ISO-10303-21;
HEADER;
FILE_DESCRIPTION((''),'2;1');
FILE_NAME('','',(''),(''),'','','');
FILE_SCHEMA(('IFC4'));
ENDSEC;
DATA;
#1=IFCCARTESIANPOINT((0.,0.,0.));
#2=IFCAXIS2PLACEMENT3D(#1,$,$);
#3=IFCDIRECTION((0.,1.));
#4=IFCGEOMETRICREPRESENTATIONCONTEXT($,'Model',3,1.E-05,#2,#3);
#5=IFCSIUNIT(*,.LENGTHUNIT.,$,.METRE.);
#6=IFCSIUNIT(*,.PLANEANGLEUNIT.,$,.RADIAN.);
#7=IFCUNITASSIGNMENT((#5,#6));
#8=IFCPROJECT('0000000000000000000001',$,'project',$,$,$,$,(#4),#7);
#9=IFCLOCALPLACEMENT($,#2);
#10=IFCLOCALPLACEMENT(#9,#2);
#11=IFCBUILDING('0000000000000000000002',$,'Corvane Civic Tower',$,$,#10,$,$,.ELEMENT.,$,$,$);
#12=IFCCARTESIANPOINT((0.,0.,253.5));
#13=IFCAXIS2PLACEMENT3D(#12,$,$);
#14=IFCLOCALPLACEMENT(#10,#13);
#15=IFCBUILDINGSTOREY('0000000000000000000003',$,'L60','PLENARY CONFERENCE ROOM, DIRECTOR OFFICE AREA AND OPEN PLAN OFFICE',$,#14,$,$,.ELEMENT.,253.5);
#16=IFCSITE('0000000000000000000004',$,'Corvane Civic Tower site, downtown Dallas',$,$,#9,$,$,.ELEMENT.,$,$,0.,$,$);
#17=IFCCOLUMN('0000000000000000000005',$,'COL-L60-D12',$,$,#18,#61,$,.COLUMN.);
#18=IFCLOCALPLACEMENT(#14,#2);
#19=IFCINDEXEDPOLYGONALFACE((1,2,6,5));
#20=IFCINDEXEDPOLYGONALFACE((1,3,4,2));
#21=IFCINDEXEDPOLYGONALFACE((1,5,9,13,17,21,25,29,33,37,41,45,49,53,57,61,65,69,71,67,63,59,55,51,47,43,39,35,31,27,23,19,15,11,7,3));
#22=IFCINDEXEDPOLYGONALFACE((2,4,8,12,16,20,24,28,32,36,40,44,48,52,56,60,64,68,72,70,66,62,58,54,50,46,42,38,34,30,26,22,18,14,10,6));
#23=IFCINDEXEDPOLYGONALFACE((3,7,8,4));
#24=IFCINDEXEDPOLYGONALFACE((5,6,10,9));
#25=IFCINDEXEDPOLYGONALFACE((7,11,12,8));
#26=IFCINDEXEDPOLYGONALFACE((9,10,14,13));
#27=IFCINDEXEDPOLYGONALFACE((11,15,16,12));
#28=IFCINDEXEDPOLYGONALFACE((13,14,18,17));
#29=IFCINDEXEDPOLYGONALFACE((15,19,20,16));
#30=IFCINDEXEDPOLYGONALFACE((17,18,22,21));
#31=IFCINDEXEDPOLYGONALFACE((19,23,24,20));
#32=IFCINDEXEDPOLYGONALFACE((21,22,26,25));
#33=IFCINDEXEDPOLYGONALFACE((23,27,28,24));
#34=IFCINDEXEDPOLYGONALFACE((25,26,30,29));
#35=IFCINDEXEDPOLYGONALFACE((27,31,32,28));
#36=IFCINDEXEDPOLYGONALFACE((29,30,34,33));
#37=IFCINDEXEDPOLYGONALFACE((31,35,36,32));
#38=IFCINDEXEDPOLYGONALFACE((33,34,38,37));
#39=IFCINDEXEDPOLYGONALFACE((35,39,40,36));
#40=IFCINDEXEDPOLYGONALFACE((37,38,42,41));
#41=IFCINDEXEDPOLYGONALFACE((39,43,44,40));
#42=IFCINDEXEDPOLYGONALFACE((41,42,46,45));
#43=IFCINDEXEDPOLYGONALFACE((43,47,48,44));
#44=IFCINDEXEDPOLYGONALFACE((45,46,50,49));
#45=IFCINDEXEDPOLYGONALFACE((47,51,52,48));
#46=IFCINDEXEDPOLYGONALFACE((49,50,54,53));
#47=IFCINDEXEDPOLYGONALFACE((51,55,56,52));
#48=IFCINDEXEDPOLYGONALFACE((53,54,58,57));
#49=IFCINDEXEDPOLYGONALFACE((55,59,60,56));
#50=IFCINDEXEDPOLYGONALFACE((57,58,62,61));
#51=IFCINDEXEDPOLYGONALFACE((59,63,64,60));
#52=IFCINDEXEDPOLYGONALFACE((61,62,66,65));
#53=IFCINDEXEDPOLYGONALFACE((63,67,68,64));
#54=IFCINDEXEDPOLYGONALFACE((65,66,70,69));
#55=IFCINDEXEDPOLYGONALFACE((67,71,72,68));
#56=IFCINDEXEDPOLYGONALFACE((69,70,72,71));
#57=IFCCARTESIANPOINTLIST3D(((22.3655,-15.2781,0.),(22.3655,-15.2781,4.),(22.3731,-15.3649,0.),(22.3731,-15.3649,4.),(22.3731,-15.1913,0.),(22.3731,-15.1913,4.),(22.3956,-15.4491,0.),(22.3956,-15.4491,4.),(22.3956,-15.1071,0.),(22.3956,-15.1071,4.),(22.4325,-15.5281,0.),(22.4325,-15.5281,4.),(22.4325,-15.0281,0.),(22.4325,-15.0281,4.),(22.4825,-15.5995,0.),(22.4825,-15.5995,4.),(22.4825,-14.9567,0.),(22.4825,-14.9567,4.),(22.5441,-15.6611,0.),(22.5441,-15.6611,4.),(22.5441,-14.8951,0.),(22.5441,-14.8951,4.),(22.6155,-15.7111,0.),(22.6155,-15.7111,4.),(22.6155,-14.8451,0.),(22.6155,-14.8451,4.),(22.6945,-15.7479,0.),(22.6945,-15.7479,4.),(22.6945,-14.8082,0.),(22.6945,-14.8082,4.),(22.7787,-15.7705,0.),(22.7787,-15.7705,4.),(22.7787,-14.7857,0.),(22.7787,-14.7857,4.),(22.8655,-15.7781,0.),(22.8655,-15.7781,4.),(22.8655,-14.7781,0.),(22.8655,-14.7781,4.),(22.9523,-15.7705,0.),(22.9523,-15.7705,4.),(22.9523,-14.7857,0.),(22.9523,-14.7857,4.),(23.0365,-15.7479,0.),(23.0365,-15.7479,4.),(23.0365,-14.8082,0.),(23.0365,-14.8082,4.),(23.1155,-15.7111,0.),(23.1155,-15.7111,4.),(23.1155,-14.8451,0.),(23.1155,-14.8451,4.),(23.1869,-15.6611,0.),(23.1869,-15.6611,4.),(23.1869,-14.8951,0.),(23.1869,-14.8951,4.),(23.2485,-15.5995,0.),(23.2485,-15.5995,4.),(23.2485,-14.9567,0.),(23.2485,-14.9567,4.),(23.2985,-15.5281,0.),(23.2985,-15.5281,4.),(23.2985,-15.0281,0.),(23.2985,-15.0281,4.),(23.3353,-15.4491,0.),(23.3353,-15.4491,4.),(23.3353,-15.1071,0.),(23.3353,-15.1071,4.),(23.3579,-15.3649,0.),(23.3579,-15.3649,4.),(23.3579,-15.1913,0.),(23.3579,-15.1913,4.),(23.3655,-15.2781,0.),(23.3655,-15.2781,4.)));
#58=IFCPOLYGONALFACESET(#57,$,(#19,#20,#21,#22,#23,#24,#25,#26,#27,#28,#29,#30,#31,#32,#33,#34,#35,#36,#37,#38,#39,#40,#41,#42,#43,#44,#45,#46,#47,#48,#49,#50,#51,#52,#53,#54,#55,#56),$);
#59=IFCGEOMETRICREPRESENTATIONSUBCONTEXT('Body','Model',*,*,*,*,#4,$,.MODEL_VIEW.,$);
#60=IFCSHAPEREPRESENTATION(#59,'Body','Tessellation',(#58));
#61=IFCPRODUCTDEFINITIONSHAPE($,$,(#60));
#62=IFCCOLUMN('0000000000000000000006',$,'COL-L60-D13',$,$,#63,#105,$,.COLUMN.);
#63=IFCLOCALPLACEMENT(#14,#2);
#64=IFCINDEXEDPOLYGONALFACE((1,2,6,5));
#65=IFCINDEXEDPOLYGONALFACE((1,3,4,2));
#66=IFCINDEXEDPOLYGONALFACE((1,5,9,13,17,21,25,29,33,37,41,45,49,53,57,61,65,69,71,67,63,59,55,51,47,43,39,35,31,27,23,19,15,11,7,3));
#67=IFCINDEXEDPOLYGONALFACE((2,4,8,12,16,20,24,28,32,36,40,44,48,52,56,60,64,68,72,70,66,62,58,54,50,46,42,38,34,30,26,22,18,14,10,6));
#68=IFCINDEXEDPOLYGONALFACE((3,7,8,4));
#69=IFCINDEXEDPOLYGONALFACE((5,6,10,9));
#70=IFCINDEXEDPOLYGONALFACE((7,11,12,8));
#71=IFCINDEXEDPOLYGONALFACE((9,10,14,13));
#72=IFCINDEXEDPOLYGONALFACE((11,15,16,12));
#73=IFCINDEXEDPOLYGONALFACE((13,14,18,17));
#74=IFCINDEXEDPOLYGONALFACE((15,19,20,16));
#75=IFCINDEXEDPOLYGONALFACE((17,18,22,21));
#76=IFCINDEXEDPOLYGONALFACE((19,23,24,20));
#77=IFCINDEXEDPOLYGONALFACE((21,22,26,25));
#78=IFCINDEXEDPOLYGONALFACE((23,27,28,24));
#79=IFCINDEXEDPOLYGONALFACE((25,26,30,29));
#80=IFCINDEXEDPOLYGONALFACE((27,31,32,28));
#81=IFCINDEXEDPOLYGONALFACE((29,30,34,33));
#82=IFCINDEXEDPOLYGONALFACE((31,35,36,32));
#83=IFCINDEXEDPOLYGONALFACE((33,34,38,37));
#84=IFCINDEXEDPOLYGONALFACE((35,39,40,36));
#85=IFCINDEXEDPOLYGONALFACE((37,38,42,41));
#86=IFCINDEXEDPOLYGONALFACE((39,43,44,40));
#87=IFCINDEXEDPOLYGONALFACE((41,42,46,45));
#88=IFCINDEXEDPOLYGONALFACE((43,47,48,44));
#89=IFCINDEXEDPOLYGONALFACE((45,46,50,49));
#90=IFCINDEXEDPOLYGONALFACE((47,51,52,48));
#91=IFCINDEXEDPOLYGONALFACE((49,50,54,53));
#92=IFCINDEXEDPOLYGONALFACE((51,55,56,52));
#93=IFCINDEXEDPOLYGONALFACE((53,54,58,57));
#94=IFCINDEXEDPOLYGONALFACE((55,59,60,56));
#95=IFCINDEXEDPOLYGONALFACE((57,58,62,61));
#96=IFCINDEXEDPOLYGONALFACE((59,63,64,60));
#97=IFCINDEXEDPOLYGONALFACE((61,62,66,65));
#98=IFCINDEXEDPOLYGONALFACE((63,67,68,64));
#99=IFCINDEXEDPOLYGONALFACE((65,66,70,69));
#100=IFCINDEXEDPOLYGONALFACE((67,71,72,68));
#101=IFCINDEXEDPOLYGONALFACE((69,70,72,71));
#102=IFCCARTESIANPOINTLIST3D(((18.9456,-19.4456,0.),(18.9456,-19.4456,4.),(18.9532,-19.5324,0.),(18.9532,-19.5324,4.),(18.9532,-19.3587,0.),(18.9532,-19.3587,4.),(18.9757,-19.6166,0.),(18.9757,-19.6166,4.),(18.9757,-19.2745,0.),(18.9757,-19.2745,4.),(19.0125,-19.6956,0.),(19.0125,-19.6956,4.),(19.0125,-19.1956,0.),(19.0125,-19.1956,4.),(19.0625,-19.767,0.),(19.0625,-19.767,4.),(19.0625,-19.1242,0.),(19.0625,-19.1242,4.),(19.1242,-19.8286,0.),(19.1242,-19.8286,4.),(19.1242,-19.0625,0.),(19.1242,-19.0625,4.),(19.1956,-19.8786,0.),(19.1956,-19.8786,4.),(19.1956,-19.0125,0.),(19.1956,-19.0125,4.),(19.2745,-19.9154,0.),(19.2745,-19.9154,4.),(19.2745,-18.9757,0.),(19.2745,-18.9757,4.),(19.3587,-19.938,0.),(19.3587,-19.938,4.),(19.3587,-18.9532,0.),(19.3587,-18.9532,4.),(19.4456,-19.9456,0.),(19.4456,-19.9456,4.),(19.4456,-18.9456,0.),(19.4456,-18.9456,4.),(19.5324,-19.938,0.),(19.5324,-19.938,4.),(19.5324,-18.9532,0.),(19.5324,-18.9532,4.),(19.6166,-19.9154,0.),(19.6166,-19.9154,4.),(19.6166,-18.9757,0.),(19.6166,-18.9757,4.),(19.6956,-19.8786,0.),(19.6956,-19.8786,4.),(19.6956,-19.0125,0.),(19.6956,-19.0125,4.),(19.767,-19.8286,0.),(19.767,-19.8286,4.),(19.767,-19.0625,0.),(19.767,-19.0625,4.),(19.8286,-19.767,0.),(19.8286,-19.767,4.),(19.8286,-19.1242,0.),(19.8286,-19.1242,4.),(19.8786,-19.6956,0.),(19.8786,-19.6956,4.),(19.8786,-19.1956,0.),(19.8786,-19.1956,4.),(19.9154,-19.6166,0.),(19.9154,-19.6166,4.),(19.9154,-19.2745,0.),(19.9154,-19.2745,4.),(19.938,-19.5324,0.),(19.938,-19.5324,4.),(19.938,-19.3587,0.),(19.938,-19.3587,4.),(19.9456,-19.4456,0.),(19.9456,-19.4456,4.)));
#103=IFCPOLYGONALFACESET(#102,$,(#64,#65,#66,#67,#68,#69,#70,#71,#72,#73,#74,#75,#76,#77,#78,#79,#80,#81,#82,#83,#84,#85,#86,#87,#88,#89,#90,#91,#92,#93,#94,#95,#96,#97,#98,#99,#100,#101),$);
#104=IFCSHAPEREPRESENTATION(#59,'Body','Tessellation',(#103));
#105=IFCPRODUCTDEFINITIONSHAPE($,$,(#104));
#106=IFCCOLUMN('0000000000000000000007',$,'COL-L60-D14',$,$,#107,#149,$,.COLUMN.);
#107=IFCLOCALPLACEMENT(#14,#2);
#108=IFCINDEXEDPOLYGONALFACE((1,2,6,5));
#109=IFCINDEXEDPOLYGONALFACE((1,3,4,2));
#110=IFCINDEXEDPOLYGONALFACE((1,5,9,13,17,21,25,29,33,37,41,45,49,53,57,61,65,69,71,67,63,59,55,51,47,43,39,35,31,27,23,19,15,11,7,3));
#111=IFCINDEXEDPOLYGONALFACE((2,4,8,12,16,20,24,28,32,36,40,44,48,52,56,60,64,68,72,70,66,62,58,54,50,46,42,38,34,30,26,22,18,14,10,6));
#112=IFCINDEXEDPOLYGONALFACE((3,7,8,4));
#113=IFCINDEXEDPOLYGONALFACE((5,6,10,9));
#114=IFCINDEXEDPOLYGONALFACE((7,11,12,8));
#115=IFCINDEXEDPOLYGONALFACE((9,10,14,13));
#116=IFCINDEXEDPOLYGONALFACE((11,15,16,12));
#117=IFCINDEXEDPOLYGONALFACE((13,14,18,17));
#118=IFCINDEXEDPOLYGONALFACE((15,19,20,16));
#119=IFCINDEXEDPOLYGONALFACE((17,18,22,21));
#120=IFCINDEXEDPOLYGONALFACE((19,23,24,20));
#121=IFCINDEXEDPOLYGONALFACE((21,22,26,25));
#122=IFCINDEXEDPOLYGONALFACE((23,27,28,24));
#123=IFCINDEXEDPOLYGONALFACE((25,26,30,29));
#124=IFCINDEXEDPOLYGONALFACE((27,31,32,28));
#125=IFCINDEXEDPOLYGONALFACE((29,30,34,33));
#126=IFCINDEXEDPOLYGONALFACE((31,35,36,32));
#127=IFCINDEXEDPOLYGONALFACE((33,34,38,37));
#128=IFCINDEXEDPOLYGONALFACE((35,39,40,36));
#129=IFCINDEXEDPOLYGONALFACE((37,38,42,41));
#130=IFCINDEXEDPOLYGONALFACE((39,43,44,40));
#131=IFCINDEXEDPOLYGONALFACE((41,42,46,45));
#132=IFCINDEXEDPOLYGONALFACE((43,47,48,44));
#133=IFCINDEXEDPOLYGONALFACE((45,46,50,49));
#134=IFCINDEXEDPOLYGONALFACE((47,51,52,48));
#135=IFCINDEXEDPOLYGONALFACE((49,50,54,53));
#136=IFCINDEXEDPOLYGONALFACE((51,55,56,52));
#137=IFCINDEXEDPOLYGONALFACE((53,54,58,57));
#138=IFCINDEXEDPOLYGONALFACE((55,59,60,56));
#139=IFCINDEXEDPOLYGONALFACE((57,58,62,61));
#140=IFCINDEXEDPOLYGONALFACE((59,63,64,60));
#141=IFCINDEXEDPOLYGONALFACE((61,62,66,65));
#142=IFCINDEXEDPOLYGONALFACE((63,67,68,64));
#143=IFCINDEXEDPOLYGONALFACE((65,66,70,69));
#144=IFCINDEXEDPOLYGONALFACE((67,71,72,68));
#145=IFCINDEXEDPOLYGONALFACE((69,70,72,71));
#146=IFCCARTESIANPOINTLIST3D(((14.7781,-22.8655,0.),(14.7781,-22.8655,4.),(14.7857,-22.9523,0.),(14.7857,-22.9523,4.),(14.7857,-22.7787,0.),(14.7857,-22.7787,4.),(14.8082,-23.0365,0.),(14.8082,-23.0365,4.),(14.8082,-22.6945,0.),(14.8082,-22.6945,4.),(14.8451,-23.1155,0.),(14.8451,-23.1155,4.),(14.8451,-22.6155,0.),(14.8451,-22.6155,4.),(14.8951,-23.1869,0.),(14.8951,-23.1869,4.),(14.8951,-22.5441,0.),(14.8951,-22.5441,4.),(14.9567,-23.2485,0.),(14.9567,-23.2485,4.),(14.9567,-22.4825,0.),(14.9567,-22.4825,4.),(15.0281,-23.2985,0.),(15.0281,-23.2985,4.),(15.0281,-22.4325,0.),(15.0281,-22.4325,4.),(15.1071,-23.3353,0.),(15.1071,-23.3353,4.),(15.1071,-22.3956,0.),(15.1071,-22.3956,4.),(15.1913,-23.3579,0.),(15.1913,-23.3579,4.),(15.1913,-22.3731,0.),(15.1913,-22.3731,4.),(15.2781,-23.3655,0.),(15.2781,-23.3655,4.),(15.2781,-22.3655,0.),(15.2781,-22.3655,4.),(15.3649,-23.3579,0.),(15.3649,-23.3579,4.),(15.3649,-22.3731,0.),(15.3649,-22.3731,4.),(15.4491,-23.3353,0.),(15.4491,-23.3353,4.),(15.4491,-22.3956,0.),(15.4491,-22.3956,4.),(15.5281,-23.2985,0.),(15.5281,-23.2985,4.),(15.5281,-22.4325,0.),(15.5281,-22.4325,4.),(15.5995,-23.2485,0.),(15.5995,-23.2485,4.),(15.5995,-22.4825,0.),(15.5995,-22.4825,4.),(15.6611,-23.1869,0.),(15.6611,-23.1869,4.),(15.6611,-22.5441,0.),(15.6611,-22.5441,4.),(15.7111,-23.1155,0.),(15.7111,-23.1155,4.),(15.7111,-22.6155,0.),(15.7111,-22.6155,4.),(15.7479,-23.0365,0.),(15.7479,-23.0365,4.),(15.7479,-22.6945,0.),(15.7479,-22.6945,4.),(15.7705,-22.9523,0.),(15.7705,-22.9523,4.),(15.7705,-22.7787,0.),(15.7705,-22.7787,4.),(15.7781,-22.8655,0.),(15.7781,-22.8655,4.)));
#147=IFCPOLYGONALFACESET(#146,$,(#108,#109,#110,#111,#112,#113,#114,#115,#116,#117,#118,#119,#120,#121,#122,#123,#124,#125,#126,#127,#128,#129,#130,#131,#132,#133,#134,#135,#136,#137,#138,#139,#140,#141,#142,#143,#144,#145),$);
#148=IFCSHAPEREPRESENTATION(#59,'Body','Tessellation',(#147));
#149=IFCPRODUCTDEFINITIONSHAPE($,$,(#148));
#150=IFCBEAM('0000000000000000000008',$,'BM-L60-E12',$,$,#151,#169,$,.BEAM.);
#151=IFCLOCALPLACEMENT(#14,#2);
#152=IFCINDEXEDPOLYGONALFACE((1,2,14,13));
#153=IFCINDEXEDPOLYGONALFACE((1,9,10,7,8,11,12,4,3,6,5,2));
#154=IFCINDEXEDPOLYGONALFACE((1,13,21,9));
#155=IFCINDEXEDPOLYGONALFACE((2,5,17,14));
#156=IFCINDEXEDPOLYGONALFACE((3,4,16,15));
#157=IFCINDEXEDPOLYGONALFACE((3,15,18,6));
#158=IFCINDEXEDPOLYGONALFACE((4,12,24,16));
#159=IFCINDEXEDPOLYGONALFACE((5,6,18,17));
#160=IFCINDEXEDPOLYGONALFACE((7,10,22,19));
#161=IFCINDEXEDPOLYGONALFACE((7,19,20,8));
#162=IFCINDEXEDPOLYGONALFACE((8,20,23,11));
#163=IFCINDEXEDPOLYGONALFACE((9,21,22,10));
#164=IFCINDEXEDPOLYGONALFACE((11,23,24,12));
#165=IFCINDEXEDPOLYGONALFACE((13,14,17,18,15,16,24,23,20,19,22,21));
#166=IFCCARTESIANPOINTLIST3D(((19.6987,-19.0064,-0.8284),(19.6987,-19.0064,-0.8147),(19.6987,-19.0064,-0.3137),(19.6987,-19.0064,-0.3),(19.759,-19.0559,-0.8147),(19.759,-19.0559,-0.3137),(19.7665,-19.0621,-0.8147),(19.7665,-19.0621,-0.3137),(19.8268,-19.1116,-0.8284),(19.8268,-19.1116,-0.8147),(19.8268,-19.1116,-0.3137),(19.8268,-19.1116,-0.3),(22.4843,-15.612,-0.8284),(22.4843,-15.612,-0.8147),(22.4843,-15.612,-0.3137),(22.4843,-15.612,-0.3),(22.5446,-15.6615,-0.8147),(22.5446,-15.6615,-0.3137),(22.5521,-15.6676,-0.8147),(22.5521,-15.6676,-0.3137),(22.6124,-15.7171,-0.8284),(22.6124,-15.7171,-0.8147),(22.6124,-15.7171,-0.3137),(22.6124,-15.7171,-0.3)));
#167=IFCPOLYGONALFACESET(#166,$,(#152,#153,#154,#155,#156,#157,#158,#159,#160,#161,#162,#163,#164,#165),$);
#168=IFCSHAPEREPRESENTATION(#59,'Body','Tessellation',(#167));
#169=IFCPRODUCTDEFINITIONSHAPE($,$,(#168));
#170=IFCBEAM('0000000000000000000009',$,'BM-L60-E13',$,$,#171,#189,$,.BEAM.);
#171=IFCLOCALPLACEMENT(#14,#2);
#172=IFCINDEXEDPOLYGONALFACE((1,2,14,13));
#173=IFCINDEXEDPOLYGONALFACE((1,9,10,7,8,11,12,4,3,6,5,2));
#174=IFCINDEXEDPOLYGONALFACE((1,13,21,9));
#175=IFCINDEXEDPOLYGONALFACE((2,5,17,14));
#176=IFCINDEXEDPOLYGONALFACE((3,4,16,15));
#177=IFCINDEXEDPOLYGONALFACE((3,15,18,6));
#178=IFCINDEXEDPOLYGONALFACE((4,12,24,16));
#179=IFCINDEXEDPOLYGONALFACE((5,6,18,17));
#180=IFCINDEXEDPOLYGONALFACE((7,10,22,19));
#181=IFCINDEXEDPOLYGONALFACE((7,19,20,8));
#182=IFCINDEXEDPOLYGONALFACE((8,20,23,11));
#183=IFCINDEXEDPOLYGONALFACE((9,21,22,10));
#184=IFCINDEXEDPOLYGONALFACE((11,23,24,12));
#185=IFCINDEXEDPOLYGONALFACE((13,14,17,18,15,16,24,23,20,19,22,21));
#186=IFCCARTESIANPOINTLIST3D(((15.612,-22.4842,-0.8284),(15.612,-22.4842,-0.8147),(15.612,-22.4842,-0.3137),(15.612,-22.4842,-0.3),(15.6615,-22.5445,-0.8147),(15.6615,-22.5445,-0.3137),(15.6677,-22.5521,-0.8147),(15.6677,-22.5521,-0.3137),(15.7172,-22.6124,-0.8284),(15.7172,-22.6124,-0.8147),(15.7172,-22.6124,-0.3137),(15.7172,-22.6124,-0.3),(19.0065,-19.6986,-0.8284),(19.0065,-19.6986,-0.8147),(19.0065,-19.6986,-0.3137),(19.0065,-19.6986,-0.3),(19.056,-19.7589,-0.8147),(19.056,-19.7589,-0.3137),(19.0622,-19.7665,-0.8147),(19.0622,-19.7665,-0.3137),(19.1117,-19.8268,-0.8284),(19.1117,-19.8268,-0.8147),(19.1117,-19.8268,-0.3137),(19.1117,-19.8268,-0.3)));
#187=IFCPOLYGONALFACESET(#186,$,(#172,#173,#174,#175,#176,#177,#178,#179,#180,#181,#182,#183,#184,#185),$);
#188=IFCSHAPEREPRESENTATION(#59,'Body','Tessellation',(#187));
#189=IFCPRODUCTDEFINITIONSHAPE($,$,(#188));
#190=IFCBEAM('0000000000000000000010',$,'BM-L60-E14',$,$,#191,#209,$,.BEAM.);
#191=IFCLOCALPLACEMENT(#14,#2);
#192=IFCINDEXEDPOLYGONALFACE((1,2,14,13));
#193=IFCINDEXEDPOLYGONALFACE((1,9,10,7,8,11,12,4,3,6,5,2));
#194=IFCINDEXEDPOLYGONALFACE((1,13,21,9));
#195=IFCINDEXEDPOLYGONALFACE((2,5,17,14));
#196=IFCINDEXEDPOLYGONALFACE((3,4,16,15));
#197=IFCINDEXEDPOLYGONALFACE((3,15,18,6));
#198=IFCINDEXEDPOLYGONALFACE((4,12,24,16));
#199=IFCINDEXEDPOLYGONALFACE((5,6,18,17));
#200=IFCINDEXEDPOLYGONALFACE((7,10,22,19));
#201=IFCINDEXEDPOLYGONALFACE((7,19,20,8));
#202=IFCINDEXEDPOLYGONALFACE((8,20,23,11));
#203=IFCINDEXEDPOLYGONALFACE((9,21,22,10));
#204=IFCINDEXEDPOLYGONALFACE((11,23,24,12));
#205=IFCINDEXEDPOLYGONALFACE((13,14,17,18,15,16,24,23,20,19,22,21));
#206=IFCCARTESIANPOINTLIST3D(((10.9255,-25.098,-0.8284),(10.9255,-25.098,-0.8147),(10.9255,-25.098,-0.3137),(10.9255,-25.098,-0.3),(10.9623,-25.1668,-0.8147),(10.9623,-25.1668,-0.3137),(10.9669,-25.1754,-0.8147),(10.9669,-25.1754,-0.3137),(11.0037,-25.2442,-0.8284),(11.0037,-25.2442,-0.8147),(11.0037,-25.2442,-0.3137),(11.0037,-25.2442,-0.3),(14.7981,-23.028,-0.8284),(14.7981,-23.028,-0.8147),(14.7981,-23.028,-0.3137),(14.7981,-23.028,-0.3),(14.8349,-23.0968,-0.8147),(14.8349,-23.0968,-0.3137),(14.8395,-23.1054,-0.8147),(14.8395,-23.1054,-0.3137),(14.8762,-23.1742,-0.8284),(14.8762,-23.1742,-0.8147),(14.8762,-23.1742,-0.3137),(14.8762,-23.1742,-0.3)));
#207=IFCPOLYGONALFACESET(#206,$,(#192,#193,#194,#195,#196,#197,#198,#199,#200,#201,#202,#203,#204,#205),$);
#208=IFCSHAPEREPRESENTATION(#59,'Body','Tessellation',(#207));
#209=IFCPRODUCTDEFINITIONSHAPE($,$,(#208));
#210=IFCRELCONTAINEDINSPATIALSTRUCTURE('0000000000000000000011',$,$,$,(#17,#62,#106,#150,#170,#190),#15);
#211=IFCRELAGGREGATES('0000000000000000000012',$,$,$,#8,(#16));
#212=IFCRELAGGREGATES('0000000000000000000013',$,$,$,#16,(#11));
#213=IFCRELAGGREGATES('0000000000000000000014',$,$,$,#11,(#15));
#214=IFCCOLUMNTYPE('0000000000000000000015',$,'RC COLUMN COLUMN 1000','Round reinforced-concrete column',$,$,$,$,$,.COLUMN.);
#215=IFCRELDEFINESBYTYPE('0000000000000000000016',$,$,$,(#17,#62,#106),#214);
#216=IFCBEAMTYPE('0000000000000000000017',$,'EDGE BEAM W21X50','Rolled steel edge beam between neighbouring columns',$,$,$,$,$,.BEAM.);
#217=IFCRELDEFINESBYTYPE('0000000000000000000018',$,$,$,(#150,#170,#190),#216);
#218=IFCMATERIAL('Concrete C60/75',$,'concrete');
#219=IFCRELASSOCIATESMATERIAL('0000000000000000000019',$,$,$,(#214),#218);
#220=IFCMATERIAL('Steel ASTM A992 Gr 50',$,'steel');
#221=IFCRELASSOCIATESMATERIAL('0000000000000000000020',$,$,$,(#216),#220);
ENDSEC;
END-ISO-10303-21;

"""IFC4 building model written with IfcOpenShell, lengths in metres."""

from ifc_helpers import new_model, si_unit, direction, frame, origin, origin_2d, place, context, subcontext, project, spatial, circle, i_section, extrude, material, material_profile, profile_set, type_object, element, save


model = new_model("IFC4")

# Units and contexts
model_context = context("Model", 3, precision=1e-05, world=origin(), true_north=direction((0.0, 1.0)))
body_context = subcontext(model_context, "Body", "Model", "MODEL_VIEW")
ifc_project = project(units=[si_unit("LENGTHUNIT", "METRE"), si_unit("PLANEANGLEUNIT", "RADIAN")], contexts=[model_context])

# Site, building, storey
site_placement = place(None, origin())
site = spatial("IfcSite", under=ifc_project, at=site_placement, Name="Corvane Civic Tower site, downtown Dallas", CompositionType="ELEMENT", RefElevation=0.0)
building_placement = place(site_placement, origin())
building = spatial("IfcBuilding", under=site, at=building_placement, Name="Corvane Civic Tower", CompositionType="ELEMENT")
storey_placement = place(building_placement, frame((0.0, 0.0, 253.5)))
storey = spatial("IfcBuildingStorey", under=building, at=storey_placement, Name="L60", Description="PLENARY CONFERENCE ROOM, DIRECTOR OFFICE AREA AND OPEN PLAN OFFICE", CompositionType="ELEMENT", Elevation=253.5)

# Columns
ifc_material_1 = material(Name="Concrete C60/75", Category="concrete")
ifc_material_profile_1 = material_profile(ifc_material_1, circle(Radius=0.5, at=origin_2d()), Name="COLUMN 1000")
ifc_profile_set_1 = profile_set([ifc_material_profile_1], Name="Concrete C60/75")
column_type = type_object("IfcColumnType", Name="RC COLUMN COLUMN 1000", Description="Round reinforced-concrete column", PredefinedType="COLUMN", material=ifc_profile_set_1)
for number, where, z_axis, x_axis, name in (
    (1, (22.8655, -15.2781, 0.0), (0.0, 0.0, 1.0), (1.0, 0.0, 0.0), "COL-L60-D12"),
    (2, (19.4456, -19.4456, 0.0), (0.0, 0.0, 1.0), (1.0, 0.0, 0.0), "COL-L60-D13"),
    (3, (15.2781, -22.8655, 0.0), (0.0, 0.0, 1.0), (1.0, 0.0, 0.0), "COL-L60-D14"),
):
    element("IfcColumn", number, at=place(storey_placement, frame(where, z_axis=z_axis, x_axis=x_axis)), inside=storey, type_object=column_type, Name=name, PredefinedType="COLUMN", context=body_context, shape_type="SweptSolid", body=[
        extrude(circle(Radius=0.5, at=origin_2d()), origin(), (0.0, 0.0, 1.0), 4.0),
    ])

# Beams
ifc_material_2 = material(Name="Steel ASTM A992 Gr 50", Category="steel")
ifc_material_profile_2 = material_profile(ifc_material_2, i_section(OverallWidth=0.1658, OverallDepth=0.5283, WebThickness=0.0098, FlangeThickness=0.0137, at=origin_2d()), Name="W21X50")
ifc_profile_set_2 = profile_set([ifc_material_profile_2], Name="Steel ASTM A992 Gr 50")
beam_type_1 = type_object("IfcBeamType", Name="EDGE BEAM W21X50", Description="Rolled steel edge beam between neighbouring columns", PredefinedType="BEAM", material=ifc_profile_set_2)
for number, where, z_axis, x_axis, name in (
    (4, (22.5483, -15.6646, -0.5642), (-0.634369, -0.77303, 0.0), (0.77303, -0.634369, 0.0), "BM-L60-E12"),
    (5, (19.0591, -19.7627, -0.5642), (-0.77303, -0.634369, 0.0), (0.634369, -0.77303, 0.0), "BM-L60-E13"),
    (6, (14.8372, -23.1011, -0.5642), (-0.881908, -0.471422, 0.0), (0.471422, -0.881908, 0.0), "BM-L60-E14"),
):
    element("IfcBeam", number, at=place(storey_placement, frame(where, z_axis=z_axis, x_axis=x_axis)), inside=storey, type_object=beam_type_1, Name=name, PredefinedType="BEAM", context=body_context, shape_type="SweptSolid", body=[
        extrude(i_section(OverallWidth=0.1658, OverallDepth=0.5283, WebThickness=0.0098, FlangeThickness=0.0137, at=origin_2d()), origin(), (0.0, 0.0, 1.0), 4.3911),
    ])

save(model, "model.ifc")
